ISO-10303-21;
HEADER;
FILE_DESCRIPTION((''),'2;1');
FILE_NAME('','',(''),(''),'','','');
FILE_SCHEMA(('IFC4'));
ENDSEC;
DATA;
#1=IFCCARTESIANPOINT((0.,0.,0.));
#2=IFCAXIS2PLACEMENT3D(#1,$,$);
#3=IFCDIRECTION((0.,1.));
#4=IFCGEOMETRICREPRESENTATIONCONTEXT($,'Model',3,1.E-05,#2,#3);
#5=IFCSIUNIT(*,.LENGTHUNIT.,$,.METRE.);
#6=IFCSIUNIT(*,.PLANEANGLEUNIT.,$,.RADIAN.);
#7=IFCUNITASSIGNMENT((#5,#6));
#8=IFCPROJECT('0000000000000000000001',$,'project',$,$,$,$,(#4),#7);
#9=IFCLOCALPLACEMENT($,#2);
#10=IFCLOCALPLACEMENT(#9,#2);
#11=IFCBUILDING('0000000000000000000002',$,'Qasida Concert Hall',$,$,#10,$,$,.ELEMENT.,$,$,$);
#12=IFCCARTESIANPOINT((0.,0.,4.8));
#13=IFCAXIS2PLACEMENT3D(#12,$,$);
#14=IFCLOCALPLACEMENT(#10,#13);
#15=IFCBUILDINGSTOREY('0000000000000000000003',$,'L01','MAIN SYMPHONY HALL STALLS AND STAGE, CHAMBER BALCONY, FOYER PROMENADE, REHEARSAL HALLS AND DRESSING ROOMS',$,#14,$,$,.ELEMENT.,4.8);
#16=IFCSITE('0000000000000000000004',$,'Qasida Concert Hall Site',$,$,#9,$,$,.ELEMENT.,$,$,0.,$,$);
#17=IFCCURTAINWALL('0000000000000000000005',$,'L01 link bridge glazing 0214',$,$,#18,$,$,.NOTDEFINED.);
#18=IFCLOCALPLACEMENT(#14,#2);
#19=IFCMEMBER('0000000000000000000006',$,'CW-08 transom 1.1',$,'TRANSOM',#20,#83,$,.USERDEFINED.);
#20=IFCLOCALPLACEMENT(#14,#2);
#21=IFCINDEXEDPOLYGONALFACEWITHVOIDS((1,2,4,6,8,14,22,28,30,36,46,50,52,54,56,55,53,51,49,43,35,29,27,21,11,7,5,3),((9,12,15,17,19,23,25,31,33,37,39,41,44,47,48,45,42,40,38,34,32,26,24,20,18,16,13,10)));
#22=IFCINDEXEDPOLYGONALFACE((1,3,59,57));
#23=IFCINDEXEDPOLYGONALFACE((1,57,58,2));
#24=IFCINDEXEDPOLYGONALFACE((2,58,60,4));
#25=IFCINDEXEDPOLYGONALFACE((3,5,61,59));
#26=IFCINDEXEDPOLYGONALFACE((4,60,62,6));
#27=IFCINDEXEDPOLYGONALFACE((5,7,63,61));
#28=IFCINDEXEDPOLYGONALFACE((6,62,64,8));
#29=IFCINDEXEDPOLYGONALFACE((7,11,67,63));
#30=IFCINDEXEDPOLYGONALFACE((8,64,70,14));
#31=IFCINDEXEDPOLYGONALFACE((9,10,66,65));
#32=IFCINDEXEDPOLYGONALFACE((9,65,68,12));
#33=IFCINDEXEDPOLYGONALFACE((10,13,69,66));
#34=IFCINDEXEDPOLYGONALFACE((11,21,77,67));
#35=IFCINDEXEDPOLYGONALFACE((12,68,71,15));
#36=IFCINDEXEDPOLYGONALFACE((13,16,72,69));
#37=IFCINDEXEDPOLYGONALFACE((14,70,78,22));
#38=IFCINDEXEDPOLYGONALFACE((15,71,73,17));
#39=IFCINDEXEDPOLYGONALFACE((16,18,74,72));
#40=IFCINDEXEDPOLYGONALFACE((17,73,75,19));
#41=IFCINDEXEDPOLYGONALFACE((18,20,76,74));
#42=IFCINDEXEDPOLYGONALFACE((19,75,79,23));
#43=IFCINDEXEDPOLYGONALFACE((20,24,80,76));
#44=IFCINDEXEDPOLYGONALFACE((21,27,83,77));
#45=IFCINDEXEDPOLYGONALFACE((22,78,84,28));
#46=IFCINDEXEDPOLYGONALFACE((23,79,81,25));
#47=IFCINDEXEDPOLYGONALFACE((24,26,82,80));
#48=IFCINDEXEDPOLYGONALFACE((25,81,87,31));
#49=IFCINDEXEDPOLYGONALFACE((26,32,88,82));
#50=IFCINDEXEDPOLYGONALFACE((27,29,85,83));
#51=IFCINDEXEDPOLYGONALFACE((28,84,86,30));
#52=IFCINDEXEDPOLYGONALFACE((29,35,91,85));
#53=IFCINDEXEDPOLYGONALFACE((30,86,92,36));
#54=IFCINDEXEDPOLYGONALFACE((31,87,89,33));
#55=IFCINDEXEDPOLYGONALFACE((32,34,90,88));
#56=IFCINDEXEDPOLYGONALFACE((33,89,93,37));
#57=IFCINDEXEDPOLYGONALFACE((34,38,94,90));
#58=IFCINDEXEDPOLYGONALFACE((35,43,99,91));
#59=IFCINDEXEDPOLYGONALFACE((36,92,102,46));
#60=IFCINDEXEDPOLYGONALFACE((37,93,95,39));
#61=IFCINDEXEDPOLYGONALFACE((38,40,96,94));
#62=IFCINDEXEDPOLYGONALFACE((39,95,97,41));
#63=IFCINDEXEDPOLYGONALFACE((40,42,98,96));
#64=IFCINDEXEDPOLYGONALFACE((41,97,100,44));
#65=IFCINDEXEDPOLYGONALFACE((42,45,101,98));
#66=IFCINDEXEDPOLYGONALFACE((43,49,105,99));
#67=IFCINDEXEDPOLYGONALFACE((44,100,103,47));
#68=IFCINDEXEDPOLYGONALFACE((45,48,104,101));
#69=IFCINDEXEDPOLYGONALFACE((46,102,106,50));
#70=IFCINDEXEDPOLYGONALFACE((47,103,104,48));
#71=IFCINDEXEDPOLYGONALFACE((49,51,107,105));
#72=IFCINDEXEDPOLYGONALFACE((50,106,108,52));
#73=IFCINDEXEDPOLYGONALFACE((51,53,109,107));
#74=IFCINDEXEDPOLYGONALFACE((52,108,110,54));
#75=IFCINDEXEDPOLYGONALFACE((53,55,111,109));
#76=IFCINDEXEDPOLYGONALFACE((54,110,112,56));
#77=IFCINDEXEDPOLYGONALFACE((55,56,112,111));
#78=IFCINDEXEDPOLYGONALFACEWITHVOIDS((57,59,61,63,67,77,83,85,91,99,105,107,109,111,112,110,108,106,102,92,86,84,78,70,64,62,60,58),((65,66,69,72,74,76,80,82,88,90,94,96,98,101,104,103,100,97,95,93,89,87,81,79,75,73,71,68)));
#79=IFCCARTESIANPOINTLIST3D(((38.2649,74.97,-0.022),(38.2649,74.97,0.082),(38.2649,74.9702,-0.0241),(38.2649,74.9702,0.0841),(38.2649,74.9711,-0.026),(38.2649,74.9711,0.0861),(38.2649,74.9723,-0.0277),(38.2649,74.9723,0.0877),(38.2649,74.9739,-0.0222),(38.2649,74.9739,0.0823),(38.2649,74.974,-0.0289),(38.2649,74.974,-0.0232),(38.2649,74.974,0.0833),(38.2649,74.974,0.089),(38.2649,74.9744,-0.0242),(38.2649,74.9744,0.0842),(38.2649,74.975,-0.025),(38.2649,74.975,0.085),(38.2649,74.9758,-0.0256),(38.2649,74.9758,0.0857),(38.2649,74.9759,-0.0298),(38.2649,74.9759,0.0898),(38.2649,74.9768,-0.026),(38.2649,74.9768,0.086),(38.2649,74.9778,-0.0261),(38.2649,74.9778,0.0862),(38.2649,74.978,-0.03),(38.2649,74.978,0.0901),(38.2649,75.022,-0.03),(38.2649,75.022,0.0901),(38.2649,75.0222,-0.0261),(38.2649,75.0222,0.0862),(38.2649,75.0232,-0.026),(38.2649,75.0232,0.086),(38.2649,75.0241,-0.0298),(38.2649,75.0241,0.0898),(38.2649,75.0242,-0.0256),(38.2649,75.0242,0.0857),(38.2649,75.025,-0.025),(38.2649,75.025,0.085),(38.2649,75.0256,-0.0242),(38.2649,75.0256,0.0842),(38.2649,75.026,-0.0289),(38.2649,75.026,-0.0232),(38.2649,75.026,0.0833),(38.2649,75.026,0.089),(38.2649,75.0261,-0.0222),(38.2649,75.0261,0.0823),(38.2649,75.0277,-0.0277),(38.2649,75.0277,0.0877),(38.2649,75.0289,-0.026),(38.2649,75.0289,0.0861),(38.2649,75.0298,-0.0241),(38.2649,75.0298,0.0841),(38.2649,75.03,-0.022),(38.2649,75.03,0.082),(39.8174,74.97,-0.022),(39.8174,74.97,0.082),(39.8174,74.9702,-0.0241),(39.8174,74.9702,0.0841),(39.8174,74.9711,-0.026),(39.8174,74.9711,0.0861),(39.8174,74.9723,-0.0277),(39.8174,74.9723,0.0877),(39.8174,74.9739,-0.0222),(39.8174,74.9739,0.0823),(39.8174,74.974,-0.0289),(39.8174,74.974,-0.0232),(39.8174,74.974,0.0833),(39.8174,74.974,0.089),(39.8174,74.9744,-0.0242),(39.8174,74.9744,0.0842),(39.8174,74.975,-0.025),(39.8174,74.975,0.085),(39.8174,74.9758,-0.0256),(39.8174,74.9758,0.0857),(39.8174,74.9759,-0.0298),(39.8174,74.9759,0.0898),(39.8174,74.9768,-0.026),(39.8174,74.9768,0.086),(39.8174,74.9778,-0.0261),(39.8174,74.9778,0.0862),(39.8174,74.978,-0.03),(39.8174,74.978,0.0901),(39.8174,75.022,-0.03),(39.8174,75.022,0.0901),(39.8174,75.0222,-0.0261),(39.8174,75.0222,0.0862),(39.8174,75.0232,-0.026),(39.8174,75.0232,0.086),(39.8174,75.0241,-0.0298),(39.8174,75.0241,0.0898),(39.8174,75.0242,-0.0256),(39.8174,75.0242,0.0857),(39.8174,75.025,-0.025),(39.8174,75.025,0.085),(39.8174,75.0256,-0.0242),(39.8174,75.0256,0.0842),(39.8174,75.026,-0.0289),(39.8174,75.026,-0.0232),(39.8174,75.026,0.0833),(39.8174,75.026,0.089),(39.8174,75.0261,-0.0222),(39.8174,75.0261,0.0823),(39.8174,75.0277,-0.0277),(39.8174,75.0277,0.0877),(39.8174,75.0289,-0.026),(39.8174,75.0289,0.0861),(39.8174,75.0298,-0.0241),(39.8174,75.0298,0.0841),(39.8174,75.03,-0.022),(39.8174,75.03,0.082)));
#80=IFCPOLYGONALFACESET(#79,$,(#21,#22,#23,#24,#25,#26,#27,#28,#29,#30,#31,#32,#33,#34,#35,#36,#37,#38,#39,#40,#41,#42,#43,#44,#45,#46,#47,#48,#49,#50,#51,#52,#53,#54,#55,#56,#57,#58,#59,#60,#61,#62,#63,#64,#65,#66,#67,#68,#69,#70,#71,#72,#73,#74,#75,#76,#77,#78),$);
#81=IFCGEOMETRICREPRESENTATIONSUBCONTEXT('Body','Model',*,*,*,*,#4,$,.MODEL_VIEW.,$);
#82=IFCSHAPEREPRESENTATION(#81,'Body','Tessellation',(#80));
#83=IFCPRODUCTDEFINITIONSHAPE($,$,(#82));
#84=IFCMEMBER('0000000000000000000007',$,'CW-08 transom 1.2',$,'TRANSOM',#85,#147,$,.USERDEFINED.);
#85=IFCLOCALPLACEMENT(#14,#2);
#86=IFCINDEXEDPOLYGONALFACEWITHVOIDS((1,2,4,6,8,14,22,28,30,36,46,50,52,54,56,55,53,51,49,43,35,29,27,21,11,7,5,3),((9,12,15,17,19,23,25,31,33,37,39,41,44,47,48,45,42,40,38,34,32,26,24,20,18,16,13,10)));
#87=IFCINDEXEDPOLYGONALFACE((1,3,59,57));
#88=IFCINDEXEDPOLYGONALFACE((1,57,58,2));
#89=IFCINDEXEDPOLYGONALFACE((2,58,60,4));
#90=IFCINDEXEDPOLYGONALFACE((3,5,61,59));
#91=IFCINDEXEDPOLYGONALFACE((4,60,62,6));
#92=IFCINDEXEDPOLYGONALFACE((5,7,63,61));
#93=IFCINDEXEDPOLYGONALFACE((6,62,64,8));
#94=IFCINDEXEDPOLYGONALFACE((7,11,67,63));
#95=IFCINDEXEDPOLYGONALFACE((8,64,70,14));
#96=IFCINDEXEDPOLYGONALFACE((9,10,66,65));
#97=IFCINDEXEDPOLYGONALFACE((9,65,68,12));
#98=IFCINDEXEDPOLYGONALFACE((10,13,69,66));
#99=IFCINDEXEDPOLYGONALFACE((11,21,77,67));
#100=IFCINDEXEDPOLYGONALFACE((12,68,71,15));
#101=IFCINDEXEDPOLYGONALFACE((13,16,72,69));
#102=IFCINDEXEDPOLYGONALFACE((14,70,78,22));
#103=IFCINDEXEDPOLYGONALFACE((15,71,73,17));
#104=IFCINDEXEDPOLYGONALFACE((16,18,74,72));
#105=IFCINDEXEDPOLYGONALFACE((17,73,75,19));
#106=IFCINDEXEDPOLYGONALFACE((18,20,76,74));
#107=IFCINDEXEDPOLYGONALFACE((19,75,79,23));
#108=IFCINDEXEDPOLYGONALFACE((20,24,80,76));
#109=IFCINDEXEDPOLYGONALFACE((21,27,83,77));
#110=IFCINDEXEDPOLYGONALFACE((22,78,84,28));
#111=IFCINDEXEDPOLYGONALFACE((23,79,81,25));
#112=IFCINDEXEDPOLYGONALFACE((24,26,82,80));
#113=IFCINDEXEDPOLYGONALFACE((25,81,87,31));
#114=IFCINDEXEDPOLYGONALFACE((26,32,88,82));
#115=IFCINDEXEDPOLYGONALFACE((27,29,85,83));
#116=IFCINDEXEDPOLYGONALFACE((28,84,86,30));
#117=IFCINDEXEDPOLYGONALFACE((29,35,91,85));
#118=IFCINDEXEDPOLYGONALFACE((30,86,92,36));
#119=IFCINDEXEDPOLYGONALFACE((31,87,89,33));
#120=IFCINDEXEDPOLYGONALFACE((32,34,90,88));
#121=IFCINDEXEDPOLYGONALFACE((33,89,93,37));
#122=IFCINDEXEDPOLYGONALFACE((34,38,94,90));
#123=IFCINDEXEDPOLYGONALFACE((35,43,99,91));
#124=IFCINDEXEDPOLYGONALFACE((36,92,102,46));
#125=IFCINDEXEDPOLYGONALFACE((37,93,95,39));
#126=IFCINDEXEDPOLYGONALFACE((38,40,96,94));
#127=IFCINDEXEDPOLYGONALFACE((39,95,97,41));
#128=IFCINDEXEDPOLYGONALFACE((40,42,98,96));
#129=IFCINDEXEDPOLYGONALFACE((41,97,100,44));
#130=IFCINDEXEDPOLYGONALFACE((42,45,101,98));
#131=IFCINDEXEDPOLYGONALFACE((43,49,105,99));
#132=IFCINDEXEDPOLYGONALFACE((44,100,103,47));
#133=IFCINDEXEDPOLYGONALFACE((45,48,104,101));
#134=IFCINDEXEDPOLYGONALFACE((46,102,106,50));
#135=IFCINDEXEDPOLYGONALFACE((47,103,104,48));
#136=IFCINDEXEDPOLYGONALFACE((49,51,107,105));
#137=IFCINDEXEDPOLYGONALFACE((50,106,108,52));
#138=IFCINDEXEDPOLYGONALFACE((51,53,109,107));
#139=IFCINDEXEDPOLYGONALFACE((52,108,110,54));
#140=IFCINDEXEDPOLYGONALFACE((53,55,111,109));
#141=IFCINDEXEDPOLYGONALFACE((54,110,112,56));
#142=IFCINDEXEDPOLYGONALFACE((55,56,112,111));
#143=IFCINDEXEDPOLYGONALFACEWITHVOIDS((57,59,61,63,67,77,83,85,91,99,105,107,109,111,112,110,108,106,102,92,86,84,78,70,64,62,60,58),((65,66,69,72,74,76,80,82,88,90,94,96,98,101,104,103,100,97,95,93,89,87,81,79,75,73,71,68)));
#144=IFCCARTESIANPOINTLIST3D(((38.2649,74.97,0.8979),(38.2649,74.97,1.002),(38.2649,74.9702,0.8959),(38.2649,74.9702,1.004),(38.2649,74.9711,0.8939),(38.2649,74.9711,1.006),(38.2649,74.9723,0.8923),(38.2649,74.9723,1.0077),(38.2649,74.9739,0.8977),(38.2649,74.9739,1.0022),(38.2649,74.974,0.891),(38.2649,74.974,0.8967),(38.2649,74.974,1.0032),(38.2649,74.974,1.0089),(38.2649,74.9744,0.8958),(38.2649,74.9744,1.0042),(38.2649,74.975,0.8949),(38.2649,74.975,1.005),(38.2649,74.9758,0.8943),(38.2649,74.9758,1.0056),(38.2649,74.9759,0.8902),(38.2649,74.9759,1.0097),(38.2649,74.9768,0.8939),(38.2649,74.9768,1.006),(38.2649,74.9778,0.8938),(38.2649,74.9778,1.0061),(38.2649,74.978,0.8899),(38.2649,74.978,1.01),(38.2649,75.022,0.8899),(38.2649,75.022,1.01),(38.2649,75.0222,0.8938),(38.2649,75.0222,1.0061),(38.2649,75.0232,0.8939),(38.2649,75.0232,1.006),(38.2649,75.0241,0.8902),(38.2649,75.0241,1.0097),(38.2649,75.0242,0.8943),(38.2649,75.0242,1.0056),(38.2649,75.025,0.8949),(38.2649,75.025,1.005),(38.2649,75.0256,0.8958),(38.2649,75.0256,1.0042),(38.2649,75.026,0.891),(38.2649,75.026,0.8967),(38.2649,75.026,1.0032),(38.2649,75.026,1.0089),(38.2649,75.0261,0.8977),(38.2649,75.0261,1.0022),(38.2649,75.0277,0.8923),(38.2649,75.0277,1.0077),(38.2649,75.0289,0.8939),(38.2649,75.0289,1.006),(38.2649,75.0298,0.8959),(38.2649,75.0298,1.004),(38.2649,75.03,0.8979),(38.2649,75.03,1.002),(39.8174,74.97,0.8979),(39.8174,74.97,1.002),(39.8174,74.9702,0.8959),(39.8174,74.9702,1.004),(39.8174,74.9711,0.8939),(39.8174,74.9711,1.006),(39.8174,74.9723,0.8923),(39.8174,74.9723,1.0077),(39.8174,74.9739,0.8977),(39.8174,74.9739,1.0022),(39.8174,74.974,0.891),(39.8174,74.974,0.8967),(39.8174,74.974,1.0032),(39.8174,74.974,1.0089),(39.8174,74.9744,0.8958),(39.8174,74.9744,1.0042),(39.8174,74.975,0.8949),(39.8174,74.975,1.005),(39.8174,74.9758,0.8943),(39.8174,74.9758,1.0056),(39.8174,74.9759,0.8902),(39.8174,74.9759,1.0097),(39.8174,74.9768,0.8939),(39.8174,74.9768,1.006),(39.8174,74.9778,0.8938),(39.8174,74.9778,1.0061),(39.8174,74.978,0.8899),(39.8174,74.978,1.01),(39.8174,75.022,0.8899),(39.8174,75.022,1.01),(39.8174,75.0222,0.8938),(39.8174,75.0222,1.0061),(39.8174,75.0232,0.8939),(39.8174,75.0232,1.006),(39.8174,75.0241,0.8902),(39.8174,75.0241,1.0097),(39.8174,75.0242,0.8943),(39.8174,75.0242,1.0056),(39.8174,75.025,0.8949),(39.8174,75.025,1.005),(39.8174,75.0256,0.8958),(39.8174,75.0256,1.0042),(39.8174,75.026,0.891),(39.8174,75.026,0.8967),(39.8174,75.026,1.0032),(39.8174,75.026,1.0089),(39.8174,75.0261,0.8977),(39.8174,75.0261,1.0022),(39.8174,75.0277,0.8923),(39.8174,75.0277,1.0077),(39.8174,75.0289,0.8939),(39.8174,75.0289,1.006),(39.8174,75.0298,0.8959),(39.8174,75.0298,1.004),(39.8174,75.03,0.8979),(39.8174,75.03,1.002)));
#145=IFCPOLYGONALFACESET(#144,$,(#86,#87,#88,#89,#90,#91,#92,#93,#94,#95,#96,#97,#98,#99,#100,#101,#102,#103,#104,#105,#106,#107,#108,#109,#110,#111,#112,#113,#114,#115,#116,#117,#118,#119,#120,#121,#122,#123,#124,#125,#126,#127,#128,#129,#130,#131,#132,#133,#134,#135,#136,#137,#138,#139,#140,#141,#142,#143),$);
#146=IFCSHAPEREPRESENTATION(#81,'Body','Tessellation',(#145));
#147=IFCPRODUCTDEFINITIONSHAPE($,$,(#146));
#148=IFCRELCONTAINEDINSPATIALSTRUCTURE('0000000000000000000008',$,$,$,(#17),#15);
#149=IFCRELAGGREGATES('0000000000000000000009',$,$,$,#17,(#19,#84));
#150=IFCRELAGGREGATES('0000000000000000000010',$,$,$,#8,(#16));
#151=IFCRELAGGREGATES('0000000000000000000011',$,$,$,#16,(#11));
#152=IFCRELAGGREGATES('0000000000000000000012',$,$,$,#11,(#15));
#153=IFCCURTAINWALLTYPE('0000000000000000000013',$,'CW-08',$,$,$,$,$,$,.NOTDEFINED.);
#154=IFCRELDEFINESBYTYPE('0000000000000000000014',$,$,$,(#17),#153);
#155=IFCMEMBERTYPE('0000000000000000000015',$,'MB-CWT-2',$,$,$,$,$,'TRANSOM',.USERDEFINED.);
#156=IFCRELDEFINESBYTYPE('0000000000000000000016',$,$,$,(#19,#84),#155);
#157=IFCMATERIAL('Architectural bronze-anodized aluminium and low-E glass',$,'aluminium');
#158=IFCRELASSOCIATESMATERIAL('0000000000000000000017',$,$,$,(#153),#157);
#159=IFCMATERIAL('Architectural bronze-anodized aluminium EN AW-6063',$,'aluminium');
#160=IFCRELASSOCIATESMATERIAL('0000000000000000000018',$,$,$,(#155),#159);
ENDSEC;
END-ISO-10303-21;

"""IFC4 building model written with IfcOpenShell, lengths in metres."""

from ifc_helpers import new_model, si_unit, direction, frame, origin, origin_2d, place, context, subcontext, project, spatial, hollow_rectangle, extrude, material, material_profile, profile_set, type_object, element, aggregate, save


model = new_model("IFC4")

# Units and contexts
model_context = context("Model", 3, precision=1e-05, world=origin(), true_north=direction((0.0, 1.0)))
body_context = subcontext(model_context, "Body", "Model", "MODEL_VIEW")
ifc_project = project(units=[si_unit("LENGTHUNIT", "METRE"), si_unit("PLANEANGLEUNIT", "RADIAN")], contexts=[model_context])

# Site, building, storey
site_placement = place(None, origin())
site = spatial("IfcSite", under=ifc_project, at=site_placement, Name="Qasida Concert Hall Site", CompositionType="ELEMENT", RefElevation=0.0)
building_placement = place(site_placement, origin())
building = spatial("IfcBuilding", under=site, at=building_placement, Name="Qasida Concert Hall", CompositionType="ELEMENT")
storey_placement = place(building_placement, frame((0.0, 0.0, 4.8)))
storey = spatial("IfcBuildingStorey", under=building, at=storey_placement, Name="L01", Description="MAIN SYMPHONY HALL STALLS AND STAGE, CHAMBER BALCONY, FOYER PROMENADE, REHEARSAL HALLS AND DRESSING ROOMS", CompositionType="ELEMENT", Elevation=4.8)

# Curtain wall, members
ifc_material_1 = material(Name="Architectural bronze-anodized aluminium and low-E glass", Category="aluminium")
curtain_wall_type = type_object("IfcCurtainWallType", Name="CW-08", PredefinedType="NOTDEFINED", material=ifc_material_1)
curtain_wall_placement = place(storey_placement, origin())
curtain_wall = element("IfcCurtainWall", 1, at=curtain_wall_placement, inside=storey, type_object=curtain_wall_type, Name="L01 link bridge glazing 0214", PredefinedType="NOTDEFINED")
ifc_material_2 = material(Name="Architectural bronze-anodized aluminium EN AW-6063", Category="aluminium")
ifc_material_profile_1 = material_profile(ifc_material_2, hollow_rectangle(XDim=0.0601, YDim=0.1201, WallThickness=0.0039, InnerFilletRadius=0.0039, OuterFilletRadius=0.0081, at=origin_2d()), Name="CWT 120x60x4")
ifc_profile_set_1 = profile_set([ifc_material_profile_1], Name="Architectural bronze-anodized aluminium EN AW-6063")
member_type_1 = type_object("IfcMemberType", Name="MB-CWT-2", ElementType="TRANSOM", PredefinedType="USERDEFINED", material=ifc_profile_set_1)
member_1_placement = place(storey_placement, frame((38.2649, 75.0, 0.03), z_axis=(1.0, 0.0, 0.0), x_axis=(0.0, 1.0, 0.0)))
member_1 = element("IfcMember", 2, at=member_1_placement, type_object=member_type_1, Name="CW-08 transom 1.1", ObjectType="TRANSOM", PredefinedType="USERDEFINED", context=body_context, shape_type="SweptSolid", body=[
    extrude(hollow_rectangle(XDim=0.0601, YDim=0.1201, WallThickness=0.0039, InnerFilletRadius=0.0039, OuterFilletRadius=0.0081, at=origin_2d()), origin(), (0.0, 0.0, 1.0), 1.5525),
])
member_2_placement = place(storey_placement, frame((38.2649, 75.0, 0.95), z_axis=(1.0, 0.0, 0.0), x_axis=(0.0, 1.0, 0.0)))
member_2 = element("IfcMember", 3, at=member_2_placement, type_object=member_type_1, Name="CW-08 transom 1.2", ObjectType="TRANSOM", PredefinedType="USERDEFINED", context=body_context, shape_type="SweptSolid", body=[
    extrude(hollow_rectangle(XDim=0.0601, YDim=0.1201, WallThickness=0.0039, InnerFilletRadius=0.0039, OuterFilletRadius=0.0081, at=origin_2d()), origin(), (0.0, 0.0, 1.0), 1.5525),
])
aggregate(curtain_wall, [member_1, member_2])

save(model, "model.ifc")
